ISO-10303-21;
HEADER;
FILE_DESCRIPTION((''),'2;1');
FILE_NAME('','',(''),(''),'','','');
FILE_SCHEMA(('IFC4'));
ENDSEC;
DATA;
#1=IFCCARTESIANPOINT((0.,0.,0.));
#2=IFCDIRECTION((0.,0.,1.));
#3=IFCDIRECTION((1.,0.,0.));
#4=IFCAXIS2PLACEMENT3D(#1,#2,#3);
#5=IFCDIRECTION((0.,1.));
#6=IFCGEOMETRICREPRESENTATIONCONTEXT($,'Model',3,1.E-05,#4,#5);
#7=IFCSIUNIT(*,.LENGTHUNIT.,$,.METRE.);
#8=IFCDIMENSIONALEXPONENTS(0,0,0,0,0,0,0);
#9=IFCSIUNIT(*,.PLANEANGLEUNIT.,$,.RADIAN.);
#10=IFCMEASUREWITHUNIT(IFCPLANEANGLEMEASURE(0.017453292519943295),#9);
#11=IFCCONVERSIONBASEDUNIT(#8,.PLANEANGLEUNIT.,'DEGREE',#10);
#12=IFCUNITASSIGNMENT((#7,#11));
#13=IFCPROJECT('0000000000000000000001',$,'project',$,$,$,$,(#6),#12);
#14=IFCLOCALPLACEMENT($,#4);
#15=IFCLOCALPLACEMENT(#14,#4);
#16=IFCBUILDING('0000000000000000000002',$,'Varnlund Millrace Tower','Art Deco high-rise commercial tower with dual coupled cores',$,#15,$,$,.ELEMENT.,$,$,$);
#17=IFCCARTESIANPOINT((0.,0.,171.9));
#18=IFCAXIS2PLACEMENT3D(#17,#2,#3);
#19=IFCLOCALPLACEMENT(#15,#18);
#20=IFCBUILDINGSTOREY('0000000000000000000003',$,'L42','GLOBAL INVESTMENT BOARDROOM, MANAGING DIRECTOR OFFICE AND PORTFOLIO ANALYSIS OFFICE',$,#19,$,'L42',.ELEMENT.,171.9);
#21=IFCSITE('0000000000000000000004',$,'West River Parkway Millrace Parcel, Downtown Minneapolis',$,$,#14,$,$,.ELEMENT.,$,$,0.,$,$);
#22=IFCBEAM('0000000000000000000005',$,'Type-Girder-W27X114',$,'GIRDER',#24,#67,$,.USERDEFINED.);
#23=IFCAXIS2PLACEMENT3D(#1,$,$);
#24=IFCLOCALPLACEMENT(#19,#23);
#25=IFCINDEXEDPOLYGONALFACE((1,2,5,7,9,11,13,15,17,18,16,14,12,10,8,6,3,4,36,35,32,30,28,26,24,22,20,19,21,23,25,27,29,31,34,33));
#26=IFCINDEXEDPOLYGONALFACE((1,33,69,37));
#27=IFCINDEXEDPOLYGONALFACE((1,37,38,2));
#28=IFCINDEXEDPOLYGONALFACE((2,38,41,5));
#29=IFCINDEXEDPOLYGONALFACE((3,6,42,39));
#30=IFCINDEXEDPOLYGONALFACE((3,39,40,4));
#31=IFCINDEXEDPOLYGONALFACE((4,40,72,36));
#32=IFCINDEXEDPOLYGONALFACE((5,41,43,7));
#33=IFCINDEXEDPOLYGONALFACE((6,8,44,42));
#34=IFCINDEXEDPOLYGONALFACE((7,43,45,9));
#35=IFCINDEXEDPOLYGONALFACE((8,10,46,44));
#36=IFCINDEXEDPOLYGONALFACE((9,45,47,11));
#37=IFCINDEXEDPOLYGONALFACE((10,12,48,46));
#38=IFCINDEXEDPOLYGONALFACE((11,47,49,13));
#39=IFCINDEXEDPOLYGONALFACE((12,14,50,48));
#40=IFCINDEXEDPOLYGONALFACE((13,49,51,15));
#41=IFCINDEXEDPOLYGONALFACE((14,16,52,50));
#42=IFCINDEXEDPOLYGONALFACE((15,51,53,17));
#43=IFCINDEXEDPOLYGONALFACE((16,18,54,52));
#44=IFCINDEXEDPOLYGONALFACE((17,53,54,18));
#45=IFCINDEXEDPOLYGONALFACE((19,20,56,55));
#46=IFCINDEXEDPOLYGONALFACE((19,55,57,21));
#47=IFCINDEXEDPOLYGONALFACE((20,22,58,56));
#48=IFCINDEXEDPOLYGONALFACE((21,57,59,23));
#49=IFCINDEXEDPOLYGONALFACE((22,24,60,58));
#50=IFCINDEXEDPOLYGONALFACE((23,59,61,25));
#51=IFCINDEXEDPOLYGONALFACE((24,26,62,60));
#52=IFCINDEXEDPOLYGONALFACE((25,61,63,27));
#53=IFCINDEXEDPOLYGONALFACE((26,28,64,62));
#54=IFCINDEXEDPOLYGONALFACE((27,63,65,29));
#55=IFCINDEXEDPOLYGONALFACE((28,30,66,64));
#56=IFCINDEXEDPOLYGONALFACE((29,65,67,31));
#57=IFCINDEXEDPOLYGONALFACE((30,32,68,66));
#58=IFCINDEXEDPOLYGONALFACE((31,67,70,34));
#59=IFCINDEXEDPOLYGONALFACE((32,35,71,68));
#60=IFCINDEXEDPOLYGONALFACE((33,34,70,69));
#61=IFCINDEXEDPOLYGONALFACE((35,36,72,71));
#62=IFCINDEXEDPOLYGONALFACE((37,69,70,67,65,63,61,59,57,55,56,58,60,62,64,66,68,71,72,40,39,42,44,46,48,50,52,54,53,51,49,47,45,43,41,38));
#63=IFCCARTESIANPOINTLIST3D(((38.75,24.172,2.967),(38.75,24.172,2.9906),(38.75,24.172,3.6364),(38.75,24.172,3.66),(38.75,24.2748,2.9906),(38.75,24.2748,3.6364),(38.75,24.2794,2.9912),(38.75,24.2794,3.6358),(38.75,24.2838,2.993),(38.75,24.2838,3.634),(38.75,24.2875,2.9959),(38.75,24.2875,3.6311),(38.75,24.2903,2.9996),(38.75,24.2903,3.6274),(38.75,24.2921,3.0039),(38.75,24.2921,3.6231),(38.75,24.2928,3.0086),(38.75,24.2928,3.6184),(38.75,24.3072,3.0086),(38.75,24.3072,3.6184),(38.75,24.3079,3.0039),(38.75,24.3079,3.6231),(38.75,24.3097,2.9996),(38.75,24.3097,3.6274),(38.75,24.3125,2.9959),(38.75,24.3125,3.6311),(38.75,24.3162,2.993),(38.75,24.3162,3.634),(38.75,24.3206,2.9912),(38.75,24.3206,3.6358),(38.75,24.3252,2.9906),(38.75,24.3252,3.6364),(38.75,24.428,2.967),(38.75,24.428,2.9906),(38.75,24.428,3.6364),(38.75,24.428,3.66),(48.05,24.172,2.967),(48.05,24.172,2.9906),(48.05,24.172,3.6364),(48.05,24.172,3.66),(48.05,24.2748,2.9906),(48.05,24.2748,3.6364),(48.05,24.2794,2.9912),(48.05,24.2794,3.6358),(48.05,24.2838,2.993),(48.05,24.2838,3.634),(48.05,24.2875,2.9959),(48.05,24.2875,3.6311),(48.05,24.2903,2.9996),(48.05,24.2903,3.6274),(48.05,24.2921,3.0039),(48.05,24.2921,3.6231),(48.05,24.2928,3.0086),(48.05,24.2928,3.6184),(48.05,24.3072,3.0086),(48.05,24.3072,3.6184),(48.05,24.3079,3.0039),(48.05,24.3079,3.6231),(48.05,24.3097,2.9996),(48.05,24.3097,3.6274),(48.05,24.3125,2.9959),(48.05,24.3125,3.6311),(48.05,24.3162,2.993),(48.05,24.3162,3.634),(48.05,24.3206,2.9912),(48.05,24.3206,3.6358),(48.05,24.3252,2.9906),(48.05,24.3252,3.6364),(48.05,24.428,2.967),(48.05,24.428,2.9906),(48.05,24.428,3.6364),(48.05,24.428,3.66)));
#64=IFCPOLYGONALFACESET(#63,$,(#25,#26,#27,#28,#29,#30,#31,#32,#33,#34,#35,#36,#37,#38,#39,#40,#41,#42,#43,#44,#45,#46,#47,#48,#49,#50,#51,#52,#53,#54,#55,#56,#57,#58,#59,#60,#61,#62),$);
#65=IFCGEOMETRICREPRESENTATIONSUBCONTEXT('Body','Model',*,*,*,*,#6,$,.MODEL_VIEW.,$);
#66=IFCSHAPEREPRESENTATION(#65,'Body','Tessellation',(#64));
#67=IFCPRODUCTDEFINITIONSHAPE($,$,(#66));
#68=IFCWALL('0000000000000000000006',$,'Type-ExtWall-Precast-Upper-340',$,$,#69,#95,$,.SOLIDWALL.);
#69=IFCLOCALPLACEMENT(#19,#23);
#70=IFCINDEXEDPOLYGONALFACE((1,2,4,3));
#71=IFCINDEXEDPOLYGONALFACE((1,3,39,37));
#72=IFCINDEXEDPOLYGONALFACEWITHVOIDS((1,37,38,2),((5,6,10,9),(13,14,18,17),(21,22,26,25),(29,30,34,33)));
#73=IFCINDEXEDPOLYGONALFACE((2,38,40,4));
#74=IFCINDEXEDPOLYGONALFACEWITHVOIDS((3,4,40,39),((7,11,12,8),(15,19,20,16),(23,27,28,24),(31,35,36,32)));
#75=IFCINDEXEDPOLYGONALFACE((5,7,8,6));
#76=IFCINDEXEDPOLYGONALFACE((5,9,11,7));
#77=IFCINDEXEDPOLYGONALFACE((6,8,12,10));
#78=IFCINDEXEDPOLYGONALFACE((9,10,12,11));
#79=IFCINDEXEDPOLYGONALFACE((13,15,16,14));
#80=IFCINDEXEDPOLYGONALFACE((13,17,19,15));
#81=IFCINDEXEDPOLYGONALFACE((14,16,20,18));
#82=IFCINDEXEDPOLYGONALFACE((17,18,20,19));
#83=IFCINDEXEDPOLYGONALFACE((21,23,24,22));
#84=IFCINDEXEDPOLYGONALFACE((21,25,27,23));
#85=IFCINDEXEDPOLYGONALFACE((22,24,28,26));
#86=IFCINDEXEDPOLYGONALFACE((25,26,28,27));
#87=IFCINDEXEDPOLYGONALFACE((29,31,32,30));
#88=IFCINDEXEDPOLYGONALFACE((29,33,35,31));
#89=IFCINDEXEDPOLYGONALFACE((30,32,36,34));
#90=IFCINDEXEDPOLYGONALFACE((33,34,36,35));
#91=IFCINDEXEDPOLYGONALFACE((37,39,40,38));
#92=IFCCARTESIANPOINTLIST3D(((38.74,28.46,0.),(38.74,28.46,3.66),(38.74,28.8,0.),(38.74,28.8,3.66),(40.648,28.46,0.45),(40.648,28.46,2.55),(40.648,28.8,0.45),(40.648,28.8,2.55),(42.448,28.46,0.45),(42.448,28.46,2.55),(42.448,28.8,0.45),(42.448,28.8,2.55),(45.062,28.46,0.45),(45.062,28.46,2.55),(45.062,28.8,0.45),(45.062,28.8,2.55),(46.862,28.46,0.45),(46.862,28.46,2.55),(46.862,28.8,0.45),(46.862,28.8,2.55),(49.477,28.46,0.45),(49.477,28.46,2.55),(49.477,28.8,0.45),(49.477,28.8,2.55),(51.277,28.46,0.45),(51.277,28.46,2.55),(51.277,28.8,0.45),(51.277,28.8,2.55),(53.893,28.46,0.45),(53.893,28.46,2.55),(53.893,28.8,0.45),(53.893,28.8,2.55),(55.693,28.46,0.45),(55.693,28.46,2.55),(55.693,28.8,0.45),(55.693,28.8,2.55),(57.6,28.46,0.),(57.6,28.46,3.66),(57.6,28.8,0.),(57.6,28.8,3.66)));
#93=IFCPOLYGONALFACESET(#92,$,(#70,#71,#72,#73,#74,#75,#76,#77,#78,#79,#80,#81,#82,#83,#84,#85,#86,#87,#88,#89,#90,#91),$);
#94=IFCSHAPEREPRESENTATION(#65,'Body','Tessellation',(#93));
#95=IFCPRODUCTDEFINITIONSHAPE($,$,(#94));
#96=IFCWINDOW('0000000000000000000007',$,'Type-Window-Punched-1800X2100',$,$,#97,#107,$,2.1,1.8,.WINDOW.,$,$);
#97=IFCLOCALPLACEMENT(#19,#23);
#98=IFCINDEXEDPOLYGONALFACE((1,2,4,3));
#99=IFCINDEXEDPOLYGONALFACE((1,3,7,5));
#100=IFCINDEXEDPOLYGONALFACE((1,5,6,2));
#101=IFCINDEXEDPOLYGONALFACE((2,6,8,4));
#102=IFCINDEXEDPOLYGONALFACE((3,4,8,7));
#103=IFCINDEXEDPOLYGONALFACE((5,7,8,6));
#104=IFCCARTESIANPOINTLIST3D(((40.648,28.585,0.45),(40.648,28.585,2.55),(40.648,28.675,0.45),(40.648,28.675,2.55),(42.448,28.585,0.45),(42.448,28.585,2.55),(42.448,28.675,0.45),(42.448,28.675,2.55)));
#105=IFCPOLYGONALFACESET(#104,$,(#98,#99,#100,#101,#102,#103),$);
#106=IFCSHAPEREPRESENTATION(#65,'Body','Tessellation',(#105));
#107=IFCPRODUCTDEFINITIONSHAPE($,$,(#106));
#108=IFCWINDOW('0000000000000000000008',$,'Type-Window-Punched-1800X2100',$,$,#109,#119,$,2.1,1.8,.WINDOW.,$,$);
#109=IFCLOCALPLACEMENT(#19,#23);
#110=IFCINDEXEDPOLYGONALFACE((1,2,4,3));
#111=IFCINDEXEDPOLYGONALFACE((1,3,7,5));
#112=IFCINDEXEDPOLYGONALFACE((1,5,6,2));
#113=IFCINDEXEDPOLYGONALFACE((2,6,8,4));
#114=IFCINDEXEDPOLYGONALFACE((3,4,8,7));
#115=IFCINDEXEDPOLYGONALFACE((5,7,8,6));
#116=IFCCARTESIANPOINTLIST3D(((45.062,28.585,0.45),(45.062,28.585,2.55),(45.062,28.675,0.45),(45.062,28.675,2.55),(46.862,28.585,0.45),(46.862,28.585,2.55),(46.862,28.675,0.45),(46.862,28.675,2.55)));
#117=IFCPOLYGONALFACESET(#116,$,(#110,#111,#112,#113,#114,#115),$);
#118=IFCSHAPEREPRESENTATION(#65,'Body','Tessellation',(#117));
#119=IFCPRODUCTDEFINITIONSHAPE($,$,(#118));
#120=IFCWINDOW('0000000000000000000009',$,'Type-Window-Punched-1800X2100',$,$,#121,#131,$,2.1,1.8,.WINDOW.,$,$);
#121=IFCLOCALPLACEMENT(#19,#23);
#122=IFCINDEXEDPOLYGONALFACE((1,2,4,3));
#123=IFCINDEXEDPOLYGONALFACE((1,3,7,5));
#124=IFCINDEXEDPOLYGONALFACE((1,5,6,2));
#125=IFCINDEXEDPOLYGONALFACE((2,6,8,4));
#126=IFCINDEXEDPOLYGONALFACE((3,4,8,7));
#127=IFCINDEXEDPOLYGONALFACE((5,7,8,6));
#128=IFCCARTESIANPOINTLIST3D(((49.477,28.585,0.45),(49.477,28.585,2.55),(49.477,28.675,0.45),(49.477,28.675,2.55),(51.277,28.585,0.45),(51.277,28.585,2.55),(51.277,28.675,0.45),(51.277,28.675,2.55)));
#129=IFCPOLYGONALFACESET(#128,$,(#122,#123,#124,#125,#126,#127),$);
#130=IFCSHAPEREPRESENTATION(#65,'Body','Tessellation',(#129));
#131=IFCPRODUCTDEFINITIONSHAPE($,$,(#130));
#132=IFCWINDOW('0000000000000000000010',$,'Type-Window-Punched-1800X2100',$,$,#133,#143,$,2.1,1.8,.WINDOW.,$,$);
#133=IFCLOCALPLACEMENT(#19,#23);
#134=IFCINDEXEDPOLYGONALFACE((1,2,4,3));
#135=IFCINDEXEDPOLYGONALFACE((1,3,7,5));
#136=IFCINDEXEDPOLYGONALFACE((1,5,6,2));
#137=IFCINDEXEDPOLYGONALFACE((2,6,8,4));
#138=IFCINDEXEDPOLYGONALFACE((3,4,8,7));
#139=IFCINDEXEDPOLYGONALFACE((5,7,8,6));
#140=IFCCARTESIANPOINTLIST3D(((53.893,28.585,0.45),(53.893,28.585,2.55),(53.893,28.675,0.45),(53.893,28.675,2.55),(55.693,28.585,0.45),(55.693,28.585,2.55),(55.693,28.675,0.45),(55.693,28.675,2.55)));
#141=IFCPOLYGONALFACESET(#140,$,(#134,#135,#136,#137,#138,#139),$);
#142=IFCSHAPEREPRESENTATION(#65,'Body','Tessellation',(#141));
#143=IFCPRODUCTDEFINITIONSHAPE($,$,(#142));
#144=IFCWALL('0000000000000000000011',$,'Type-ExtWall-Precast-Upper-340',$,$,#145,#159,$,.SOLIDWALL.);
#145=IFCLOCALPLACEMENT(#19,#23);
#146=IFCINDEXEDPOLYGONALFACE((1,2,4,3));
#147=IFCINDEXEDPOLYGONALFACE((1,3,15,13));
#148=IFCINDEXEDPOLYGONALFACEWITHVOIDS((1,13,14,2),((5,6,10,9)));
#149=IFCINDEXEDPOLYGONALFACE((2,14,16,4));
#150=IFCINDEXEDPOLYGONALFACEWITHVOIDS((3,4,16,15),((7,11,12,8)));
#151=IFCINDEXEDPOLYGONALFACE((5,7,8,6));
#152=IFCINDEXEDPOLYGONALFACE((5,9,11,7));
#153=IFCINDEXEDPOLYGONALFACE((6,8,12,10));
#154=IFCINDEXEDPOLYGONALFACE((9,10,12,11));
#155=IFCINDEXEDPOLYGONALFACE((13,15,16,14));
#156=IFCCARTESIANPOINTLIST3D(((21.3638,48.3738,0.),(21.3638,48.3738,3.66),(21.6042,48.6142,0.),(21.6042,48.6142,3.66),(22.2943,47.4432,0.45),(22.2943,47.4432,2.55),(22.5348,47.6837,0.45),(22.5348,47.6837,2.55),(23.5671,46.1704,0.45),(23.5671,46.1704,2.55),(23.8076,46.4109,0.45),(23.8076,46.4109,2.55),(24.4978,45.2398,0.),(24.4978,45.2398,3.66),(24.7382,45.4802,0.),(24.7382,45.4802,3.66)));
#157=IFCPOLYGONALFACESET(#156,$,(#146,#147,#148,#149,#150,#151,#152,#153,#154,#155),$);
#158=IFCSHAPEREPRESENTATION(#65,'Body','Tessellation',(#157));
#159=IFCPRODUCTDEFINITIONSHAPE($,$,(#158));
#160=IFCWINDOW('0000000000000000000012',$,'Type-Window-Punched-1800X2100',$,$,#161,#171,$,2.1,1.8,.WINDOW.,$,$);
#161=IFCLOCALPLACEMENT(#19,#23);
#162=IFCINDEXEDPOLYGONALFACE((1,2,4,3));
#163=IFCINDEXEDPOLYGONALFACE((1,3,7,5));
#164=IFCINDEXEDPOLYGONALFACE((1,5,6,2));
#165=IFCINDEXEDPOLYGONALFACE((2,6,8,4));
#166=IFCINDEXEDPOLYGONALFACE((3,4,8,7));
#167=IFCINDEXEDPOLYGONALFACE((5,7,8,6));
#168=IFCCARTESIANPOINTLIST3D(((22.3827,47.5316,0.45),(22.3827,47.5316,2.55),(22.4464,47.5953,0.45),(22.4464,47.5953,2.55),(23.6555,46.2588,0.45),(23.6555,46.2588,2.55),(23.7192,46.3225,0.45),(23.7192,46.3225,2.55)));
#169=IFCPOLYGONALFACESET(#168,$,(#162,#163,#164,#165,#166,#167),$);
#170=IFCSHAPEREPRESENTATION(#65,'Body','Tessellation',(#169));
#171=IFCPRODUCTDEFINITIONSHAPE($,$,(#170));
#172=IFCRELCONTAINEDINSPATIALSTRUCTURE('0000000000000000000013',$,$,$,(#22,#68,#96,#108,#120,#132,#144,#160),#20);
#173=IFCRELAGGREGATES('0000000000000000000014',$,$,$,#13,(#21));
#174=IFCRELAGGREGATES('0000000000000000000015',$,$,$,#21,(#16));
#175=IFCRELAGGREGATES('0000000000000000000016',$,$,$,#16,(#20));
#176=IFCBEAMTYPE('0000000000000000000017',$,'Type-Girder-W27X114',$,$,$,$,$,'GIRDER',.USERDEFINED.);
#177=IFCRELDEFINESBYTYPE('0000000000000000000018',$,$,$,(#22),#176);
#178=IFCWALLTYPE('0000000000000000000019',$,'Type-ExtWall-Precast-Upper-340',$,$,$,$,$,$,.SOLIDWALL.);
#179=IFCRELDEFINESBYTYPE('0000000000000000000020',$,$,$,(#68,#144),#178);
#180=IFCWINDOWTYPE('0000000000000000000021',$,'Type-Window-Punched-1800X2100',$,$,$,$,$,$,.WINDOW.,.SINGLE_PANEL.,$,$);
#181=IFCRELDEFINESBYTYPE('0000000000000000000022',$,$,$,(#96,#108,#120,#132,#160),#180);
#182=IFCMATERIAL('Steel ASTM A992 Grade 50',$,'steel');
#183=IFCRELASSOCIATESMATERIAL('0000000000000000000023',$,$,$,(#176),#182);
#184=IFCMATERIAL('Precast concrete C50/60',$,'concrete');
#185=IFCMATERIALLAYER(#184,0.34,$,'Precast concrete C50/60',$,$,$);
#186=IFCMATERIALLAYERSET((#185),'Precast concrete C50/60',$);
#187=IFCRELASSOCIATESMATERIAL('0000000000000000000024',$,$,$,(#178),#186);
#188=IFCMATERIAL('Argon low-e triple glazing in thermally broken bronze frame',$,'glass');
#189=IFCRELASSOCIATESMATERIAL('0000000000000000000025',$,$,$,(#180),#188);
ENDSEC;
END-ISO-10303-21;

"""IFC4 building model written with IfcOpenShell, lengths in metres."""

from ifc_helpers import new_model, entity, si_unit, converted_unit, direction, frame, origin_with_axes, origin_2d_with_axis, place, context, subcontext, project, spatial, polyline, rectangle, i_section, outline, extrude, material, layer, layer_set, material_profile, profile_set, type_object, element, fill, save


model = new_model("IFC4")

# Units and contexts
model_context = context("Model", 3, precision=1e-05, world=origin_with_axes(), true_north=direction((0.0, 1.0)))
body_context = subcontext(model_context, "Body", "Model", "MODEL_VIEW")
ifc_project = project(units=[si_unit("LENGTHUNIT", "METRE"), converted_unit("PLANEANGLEUNIT", "DEGREE", entity("IfcPlaneAngleMeasure", 0.017453292519943295), si_unit("PLANEANGLEUNIT", "RADIAN"), dimensions=[0, 0, 0, 0, 0, 0, 0])], contexts=[model_context])

# Site, building, storey
site_placement = place(None, origin_with_axes())
site = spatial("IfcSite", under=ifc_project, at=site_placement, Name="West River Parkway Millrace Parcel, Downtown Minneapolis", CompositionType="ELEMENT", RefElevation=0.0)
building_placement = place(site_placement, origin_with_axes())
building = spatial("IfcBuilding", under=site, at=building_placement, Name="Varnlund Millrace Tower", Description="Art Deco high-rise commercial tower with dual coupled cores", CompositionType="ELEMENT")
storey_placement = place(building_placement, frame((0.0, 0.0, 171.9), z_axis=(0.0, 0.0, 1.0), x_axis=(1.0, 0.0, 0.0)))
storey = spatial("IfcBuildingStorey", under=building, at=storey_placement, Name="L42", Description="GLOBAL INVESTMENT BOARDROOM, MANAGING DIRECTOR OFFICE AND PORTFOLIO ANALYSIS OFFICE", LongName="L42", CompositionType="ELEMENT", Elevation=171.9)

# Beam
ifc_material_1 = material(Name="Steel ASTM A992 Grade 50", Category="steel")
ifc_material_profile_1 = material_profile(ifc_material_1, i_section(OverallWidth=0.256, OverallDepth=0.693, WebThickness=0.0145, FlangeThickness=0.0236, FilletRadius=0.018, at=origin_2d_with_axis()), Name="Steel ASTM A992 Grade 50")
ifc_profile_set_1 = profile_set([ifc_material_profile_1], Name="Steel ASTM A992 Grade 50")
beam_type_1 = type_object("IfcBeamType", Name="Type-Girder-W27X114", ElementType="GIRDER", PredefinedType="USERDEFINED", material=ifc_profile_set_1)
beam_1_placement = place(storey_placement, frame((38.75, 24.3, 3.3135), z_axis=(1.0, 0.0, 0.0), x_axis=(0.0, 1.0, 0.0)))
element("IfcBeam", 1, at=beam_1_placement, inside=storey, type_object=beam_type_1, Name="Type-Girder-W27X114", ObjectType="GIRDER", PredefinedType="USERDEFINED", context=body_context, shape_type="SweptSolid", body=[
    extrude(i_section(OverallWidth=0.256, OverallDepth=0.693, WebThickness=0.0145, FlangeThickness=0.0236, FilletRadius=0.018, at=origin_2d_with_axis()), origin_with_axes(), (0.0, 0.0, 1.0), 9.3),
])

# Wall, openings, windows
ifc_material_2 = material(Name="Precast concrete C50/60", Category="concrete")
ifc_layer_1 = layer(ifc_material_2, 0.34, Name="Precast concrete C50/60")
ifc_layer_set_1 = layer_set([ifc_layer_1], Name="Precast concrete C50/60")
wall_type_1 = type_object("IfcWallType", Name="Type-ExtWall-Precast-Upper-340", PredefinedType="SOLIDWALL", material=ifc_layer_set_1)
wall_1_placement = place(storey_placement, frame((38.74, 28.63, 0.0), z_axis=(0.0, 0.0, 1.0), x_axis=(1.0, 0.0, 0.0)))
wall_1 = element("IfcWall", 2, at=wall_1_placement, inside=storey, type_object=wall_type_1, Name="Type-ExtWall-Precast-Upper-340", PredefinedType="SOLIDWALL", context=body_context, shape_type="SweptSolid", body=[
    extrude(outline(polyline([(0.0, -0.17), (18.86, -0.17), (18.86, 0.17), (0.0, 0.17), (0.0, -0.17)])), origin_with_axes(), (0.0, 0.0, 1.0), 3.66),
])
opening_1_placement = place(wall_1_placement, frame((2.808, 0.0, 0.45), z_axis=(0.0, 0.0, 1.0), x_axis=(1.0, 0.0, 0.0)))
opening_1 = element("IfcOpeningElement", 3, at=opening_1_placement, cuts=wall_1, PredefinedType="OPENING", context=body_context, shape_type="SweptSolid", body=[
    extrude(rectangle(XDim=1.8, YDim=0.36, at=origin_2d_with_axis()), origin_with_axes(), (0.0, 0.0, 1.0), 2.1),
])
opening_2_placement = place(wall_1_placement, frame((7.222, 0.0, 0.45), z_axis=(0.0, 0.0, 1.0), x_axis=(1.0, 0.0, 0.0)))
opening_2 = element("IfcOpeningElement", 4, at=opening_2_placement, cuts=wall_1, PredefinedType="OPENING", context=body_context, shape_type="SweptSolid", body=[
    extrude(rectangle(XDim=1.8, YDim=0.36, at=origin_2d_with_axis()), origin_with_axes(), (0.0, 0.0, 1.0), 2.1),
])
opening_3_placement = place(wall_1_placement, frame((11.637, 0.0, 0.45), z_axis=(0.0, 0.0, 1.0), x_axis=(1.0, 0.0, 0.0)))
opening_3 = element("IfcOpeningElement", 5, at=opening_3_placement, cuts=wall_1, PredefinedType="OPENING", context=body_context, shape_type="SweptSolid", body=[
    extrude(rectangle(XDim=1.8, YDim=0.36, at=origin_2d_with_axis()), origin_with_axes(), (0.0, 0.0, 1.0), 2.1),
])
opening_4_placement = place(wall_1_placement, frame((16.053, 0.0, 0.45), z_axis=(0.0, 0.0, 1.0), x_axis=(1.0, 0.0, 0.0)))
opening_4 = element("IfcOpeningElement", 6, at=opening_4_placement, cuts=wall_1, PredefinedType="OPENING", context=body_context, shape_type="SweptSolid", body=[
    extrude(rectangle(XDim=1.8, YDim=0.36, at=origin_2d_with_axis()), origin_with_axes(), (0.0, 0.0, 1.0), 2.1),
])
ifc_material_3 = material(Name="Argon low-e triple glazing in thermally broken bronze frame", Category="glass")
window_type_1 = type_object("IfcWindowType", Name="Type-Window-Punched-1800X2100", PartitioningType="SINGLE_PANEL", PredefinedType="WINDOW", material=ifc_material_3)
window_1_placement = place(wall_1_placement, frame((2.808, 0.0, 0.45), z_axis=(0.0, 0.0, 1.0), x_axis=(1.0, 0.0, 0.0)))
window_1 = element("IfcWindow", 7, at=window_1_placement, inside=storey, type_object=window_type_1, Name="Type-Window-Punched-1800X2100", OverallHeight=2.1, OverallWidth=1.8, PredefinedType="WINDOW", context=body_context, shape_type="SweptSolid", body=[
    extrude(rectangle(XDim=1.8, YDim=0.09, at=origin_2d_with_axis()), origin_with_axes(), (0.0, 0.0, 1.0), 2.1),
])
fill(opening_1, window_1)
window_2_placement = place(wall_1_placement, frame((7.222, 0.0, 0.45), z_axis=(0.0, 0.0, 1.0), x_axis=(1.0, 0.0, 0.0)))
window_2 = element("IfcWindow", 8, at=window_2_placement, inside=storey, type_object=window_type_1, Name="Type-Window-Punched-1800X2100", OverallHeight=2.1, OverallWidth=1.8, PredefinedType="WINDOW", context=body_context, shape_type="SweptSolid", body=[
    extrude(rectangle(XDim=1.8, YDim=0.09, at=origin_2d_with_axis()), origin_with_axes(), (0.0, 0.0, 1.0), 2.1),
])
fill(opening_2, window_2)
window_3_placement = place(wall_1_placement, frame((11.637, 0.0, 0.45), z_axis=(0.0, 0.0, 1.0), x_axis=(1.0, 0.0, 0.0)))
window_3 = element("IfcWindow", 9, at=window_3_placement, inside=storey, type_object=window_type_1, Name="Type-Window-Punched-1800X2100", OverallHeight=2.1, OverallWidth=1.8, PredefinedType="WINDOW", context=body_context, shape_type="SweptSolid", body=[
    extrude(rectangle(XDim=1.8, YDim=0.09, at=origin_2d_with_axis()), origin_with_axes(), (0.0, 0.0, 1.0), 2.1),
])
fill(opening_3, window_3)
window_4_placement = place(wall_1_placement, frame((16.053, 0.0, 0.45), z_axis=(0.0, 0.0, 1.0), x_axis=(1.0, 0.0, 0.0)))
window_4 = element("IfcWindow", 10, at=window_4_placement, inside=storey, type_object=window_type_1, Name="Type-Window-Punched-1800X2100", OverallHeight=2.1, OverallWidth=1.8, PredefinedType="WINDOW", context=body_context, shape_type="SweptSolid", body=[
    extrude(rectangle(XDim=1.8, YDim=0.09, at=origin_2d_with_axis()), origin_with_axes(), (0.0, 0.0, 1.0), 2.1),
])
fill(opening_4, window_4)

# Wall, opening, window
wall_2_placement = place(storey_placement, frame((21.484, 48.494, 0.0), z_axis=(0.0, 0.0, 1.0), x_axis=(0.707107, -0.707107, 0.0)))
wall_2 = element("IfcWall", 11, at=wall_2_placement, inside=storey, type_object=wall_type_1, Name="Type-ExtWall-Precast-Upper-340", PredefinedType="SOLIDWALL", context=body_context, shape_type="SweptSolid", body=[
    extrude(outline(polyline([(0.0, -0.17), (4.4321, -0.17), (4.4321, 0.17), (0.0, 0.17), (0.0, -0.17)])), origin_with_axes(), (0.0, 0.0, 1.0), 3.66),
])
opening_5_placement = place(wall_2_placement, frame((2.216, 0.0, 0.45), z_axis=(0.0, 0.0, 1.0), x_axis=(1.0, 0.0, 0.0)))
opening_5 = element("IfcOpeningElement", 12, at=opening_5_placement, cuts=wall_2, PredefinedType="OPENING", context=body_context, shape_type="SweptSolid", body=[
    extrude(rectangle(XDim=1.8, YDim=0.36, at=origin_2d_with_axis()), origin_with_axes(), (0.0, 0.0, 1.0), 2.1),
])
window_5_placement = place(wall_2_placement, frame((2.216, 0.0, 0.45), z_axis=(0.0, 0.0, 1.0), x_axis=(1.0, 0.0, 0.0)))
window_5 = element("IfcWindow", 13, at=window_5_placement, inside=storey, type_object=window_type_1, Name="Type-Window-Punched-1800X2100", OverallHeight=2.1, OverallWidth=1.8, PredefinedType="WINDOW", context=body_context, shape_type="SweptSolid", body=[
    extrude(rectangle(XDim=1.8, YDim=0.09, at=origin_2d_with_axis()), origin_with_axes(), (0.0, 0.0, 1.0), 2.1),
])
fill(opening_5, window_5)

save(model, "model.ifc")
